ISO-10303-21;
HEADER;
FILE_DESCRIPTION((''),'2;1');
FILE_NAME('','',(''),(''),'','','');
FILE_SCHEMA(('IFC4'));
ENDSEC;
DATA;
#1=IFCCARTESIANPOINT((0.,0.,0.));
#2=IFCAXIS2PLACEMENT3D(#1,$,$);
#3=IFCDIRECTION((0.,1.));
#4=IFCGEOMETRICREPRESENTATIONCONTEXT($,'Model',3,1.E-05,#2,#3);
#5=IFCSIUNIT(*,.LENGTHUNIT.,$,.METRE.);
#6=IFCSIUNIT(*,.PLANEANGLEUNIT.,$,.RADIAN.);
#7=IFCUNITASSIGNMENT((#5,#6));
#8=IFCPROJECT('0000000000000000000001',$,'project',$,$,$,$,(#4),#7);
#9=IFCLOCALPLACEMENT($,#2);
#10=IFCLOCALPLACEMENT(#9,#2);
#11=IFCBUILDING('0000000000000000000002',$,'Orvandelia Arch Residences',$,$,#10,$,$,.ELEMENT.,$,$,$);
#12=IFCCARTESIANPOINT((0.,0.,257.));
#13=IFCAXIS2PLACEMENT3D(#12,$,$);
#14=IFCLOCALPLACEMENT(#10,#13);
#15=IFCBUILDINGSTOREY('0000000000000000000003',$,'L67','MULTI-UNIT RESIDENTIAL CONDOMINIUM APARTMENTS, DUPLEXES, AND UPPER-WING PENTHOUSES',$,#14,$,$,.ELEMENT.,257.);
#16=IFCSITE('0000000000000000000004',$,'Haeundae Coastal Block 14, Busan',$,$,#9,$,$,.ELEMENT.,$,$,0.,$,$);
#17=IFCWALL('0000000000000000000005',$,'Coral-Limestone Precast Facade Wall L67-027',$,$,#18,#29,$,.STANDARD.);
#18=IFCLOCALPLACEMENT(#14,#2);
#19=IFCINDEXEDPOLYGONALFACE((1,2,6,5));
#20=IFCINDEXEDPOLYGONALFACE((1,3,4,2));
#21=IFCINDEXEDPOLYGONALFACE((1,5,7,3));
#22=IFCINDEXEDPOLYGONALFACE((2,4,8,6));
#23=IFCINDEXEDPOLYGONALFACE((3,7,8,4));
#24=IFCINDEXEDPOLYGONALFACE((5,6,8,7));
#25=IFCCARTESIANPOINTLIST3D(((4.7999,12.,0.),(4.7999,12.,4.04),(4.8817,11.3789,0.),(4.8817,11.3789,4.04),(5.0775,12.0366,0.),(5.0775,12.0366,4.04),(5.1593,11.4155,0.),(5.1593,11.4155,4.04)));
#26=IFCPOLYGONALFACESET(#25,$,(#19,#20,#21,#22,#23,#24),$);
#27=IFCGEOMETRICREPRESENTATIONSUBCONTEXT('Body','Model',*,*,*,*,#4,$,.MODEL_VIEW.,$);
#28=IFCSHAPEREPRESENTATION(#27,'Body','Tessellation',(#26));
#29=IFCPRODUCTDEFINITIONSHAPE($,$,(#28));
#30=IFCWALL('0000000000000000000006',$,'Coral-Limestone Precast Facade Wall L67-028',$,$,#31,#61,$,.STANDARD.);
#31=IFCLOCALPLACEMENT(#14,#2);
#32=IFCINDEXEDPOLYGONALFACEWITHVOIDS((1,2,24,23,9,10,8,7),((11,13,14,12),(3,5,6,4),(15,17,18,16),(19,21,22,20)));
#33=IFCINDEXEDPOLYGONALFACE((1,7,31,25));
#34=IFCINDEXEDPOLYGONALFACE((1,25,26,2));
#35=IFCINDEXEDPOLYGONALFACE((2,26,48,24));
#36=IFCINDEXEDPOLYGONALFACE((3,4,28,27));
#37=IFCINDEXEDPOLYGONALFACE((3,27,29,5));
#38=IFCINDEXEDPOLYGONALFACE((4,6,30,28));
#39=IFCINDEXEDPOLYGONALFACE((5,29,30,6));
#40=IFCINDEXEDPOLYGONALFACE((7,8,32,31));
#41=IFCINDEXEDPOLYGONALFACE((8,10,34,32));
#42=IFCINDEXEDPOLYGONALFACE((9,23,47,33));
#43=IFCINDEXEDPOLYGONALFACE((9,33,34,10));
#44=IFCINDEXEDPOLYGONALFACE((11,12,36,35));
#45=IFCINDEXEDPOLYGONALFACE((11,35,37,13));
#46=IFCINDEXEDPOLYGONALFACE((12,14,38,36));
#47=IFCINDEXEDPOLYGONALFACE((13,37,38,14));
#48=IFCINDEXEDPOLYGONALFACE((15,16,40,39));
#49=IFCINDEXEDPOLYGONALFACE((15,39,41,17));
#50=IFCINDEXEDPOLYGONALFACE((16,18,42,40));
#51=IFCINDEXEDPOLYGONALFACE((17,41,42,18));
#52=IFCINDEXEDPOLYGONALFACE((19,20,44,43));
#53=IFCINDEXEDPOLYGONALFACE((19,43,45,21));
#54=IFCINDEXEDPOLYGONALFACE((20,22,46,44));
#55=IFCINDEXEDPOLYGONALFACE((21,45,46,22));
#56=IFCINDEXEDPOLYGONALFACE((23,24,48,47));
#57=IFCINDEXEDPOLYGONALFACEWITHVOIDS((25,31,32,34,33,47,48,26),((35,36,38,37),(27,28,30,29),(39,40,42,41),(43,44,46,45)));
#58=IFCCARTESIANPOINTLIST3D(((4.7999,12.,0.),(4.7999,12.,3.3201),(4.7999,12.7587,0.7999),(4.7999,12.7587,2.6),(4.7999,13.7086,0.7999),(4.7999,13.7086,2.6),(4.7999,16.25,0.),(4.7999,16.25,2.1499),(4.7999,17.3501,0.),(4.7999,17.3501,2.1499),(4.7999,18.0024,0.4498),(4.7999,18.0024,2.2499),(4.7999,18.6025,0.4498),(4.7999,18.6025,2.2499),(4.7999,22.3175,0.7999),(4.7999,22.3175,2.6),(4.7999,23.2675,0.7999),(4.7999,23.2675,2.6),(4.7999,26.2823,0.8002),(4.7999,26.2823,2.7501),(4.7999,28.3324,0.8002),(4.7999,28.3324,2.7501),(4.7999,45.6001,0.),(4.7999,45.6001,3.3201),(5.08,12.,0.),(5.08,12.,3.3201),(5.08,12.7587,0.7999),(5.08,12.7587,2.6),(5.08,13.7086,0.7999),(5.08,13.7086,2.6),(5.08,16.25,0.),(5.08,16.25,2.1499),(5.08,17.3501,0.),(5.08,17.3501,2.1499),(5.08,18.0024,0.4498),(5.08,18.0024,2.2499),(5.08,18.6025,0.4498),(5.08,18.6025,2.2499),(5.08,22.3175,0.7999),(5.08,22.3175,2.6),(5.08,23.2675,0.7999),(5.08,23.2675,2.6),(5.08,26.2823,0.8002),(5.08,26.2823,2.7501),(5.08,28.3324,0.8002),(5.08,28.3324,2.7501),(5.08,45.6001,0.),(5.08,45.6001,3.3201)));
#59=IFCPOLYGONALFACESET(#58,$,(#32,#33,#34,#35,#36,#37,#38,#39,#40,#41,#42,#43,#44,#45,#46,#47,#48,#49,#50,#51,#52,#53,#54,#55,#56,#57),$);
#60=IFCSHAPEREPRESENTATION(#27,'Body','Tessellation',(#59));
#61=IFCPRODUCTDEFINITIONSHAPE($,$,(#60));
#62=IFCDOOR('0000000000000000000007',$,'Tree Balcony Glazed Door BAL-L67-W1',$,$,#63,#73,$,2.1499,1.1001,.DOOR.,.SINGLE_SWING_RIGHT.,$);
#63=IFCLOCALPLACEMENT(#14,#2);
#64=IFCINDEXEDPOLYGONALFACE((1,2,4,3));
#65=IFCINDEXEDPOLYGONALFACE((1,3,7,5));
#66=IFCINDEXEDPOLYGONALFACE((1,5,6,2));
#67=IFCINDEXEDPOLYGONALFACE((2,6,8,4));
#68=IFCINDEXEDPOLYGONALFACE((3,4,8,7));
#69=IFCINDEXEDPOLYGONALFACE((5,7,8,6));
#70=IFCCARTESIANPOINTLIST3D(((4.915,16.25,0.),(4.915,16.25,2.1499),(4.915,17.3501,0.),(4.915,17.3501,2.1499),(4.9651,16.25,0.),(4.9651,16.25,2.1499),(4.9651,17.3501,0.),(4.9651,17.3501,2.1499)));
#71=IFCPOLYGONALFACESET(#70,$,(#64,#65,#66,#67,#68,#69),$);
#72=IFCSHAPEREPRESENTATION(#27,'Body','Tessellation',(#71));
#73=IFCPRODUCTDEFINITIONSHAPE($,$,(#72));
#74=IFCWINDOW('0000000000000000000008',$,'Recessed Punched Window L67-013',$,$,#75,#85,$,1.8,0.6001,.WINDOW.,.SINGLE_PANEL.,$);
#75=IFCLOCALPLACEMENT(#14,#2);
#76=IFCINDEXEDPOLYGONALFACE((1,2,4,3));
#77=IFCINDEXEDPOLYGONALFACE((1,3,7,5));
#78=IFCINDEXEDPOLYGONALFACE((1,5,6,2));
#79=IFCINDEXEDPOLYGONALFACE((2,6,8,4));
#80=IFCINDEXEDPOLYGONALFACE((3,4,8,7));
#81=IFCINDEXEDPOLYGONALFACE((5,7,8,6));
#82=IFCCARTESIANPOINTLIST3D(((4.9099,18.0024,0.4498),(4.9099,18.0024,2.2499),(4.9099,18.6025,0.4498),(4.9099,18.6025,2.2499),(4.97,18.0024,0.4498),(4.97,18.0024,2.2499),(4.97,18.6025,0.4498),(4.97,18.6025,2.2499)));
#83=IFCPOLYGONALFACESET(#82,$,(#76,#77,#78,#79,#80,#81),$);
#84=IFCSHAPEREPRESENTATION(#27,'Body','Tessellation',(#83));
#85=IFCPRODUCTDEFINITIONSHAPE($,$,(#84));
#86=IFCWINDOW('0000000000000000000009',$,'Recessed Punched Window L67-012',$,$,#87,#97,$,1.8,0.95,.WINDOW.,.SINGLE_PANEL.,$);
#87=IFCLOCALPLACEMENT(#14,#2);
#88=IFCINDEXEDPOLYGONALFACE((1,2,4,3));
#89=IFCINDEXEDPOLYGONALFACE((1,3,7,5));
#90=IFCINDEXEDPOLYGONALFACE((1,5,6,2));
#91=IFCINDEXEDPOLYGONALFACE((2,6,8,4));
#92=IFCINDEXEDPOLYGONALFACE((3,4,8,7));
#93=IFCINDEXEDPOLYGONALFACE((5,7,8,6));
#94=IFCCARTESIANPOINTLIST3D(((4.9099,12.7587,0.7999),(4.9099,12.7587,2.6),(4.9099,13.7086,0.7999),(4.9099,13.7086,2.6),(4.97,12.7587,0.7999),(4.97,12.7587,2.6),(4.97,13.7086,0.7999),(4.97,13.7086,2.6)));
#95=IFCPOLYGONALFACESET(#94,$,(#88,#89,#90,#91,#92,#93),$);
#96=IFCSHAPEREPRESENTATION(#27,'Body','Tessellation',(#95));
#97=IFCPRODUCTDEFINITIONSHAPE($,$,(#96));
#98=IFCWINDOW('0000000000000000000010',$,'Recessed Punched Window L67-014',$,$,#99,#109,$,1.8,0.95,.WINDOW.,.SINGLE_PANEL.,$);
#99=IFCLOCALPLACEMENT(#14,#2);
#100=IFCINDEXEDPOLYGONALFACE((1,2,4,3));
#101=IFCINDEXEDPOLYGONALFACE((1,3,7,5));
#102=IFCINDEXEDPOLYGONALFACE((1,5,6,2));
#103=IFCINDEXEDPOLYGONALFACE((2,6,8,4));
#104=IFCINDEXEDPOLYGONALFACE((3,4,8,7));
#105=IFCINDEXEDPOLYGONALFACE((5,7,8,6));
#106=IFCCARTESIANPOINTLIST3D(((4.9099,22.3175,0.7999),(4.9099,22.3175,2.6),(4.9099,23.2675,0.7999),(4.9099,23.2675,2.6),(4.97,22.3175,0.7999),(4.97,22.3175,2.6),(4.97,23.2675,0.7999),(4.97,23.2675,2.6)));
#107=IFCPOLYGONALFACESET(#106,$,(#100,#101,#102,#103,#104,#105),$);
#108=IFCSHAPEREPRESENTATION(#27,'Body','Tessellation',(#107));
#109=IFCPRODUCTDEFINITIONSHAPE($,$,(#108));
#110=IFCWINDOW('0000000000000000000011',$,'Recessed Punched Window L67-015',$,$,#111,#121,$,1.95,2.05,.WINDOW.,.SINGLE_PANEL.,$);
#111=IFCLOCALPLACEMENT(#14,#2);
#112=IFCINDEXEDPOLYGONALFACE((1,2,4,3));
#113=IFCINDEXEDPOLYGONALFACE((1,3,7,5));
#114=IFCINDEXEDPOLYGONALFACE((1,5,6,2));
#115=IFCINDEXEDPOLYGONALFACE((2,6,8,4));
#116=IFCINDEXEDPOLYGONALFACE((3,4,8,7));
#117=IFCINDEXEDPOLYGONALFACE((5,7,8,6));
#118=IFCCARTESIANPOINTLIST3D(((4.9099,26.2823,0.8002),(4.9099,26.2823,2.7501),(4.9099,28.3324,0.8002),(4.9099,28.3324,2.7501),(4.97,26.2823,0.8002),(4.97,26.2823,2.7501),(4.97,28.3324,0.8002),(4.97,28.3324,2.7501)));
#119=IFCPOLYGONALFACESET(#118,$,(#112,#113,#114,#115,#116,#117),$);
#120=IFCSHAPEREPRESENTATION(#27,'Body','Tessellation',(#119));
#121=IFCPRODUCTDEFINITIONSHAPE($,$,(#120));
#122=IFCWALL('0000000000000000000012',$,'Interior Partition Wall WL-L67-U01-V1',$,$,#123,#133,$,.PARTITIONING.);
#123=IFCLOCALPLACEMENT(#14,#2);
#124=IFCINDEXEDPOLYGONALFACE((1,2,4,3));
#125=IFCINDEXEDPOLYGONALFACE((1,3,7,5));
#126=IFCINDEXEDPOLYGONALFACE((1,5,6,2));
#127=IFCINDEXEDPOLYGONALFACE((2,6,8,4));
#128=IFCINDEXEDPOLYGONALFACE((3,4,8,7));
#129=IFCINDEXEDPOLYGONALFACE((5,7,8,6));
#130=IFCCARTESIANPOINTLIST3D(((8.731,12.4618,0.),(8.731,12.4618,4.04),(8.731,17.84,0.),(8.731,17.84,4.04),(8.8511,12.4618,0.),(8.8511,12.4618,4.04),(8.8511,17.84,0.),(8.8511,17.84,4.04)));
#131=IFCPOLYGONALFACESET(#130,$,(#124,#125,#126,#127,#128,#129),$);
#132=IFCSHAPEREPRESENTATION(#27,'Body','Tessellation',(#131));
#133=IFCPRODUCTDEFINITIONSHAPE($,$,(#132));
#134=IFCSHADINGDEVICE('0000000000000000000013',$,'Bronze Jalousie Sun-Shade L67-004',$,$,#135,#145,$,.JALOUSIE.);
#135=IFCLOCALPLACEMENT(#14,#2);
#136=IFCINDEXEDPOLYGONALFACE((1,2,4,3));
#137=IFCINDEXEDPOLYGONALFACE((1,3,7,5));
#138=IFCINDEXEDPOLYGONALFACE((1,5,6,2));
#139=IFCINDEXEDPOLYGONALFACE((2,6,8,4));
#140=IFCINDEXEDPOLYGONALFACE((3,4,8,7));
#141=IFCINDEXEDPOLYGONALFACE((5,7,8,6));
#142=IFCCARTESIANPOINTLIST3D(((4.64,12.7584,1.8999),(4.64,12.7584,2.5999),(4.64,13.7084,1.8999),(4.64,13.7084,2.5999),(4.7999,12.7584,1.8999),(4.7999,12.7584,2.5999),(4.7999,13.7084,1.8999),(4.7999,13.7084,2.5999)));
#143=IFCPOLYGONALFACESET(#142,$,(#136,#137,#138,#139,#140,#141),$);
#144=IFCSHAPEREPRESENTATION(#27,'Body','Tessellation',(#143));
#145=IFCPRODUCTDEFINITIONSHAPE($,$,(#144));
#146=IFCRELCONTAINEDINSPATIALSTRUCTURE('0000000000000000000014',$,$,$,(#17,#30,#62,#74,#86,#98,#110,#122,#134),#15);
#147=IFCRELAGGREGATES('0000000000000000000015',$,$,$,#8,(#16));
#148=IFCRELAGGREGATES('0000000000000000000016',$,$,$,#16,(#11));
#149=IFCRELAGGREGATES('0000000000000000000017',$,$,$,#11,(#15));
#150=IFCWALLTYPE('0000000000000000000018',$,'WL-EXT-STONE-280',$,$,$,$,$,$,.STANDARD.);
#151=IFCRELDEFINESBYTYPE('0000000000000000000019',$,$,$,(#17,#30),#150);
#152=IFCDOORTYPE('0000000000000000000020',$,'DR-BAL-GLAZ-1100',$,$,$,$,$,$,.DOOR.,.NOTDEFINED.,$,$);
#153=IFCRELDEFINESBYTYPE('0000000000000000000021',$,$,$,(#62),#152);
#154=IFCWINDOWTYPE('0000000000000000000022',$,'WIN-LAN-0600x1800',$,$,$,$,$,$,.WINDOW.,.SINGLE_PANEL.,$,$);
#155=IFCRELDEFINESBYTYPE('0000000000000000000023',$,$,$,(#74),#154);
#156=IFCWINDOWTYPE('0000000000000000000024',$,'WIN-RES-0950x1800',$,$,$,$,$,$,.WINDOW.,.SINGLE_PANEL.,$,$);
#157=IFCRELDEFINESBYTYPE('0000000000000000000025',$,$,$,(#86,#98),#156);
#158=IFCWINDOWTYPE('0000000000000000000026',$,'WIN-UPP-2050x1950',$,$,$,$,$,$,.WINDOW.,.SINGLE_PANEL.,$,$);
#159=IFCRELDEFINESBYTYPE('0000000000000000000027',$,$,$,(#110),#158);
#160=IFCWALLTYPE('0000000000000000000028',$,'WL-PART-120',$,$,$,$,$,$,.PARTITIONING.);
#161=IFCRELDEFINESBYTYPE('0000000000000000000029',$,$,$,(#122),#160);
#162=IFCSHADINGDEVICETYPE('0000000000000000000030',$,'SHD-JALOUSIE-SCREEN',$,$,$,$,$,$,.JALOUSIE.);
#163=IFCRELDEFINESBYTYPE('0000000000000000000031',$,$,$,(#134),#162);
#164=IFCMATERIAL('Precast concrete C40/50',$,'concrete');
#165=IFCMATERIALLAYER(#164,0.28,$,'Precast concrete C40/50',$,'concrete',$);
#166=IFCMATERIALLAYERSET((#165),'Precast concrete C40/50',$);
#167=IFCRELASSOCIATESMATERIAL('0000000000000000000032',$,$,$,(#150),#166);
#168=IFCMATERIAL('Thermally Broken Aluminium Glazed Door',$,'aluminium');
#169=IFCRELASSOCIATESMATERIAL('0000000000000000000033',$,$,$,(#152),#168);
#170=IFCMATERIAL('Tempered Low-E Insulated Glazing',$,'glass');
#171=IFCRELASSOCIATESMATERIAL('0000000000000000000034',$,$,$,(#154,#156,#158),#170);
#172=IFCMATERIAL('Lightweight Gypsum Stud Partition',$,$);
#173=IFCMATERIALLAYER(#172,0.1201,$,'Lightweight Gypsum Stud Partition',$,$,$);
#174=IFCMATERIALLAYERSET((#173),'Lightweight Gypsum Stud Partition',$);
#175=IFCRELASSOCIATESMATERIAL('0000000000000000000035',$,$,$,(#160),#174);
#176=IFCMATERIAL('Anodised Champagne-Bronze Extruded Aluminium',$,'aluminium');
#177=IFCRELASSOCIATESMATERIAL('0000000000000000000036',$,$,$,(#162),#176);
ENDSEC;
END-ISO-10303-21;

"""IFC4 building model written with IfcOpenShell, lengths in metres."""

from ifc_helpers import new_model, si_unit, direction, frame, frame_2d, origin, origin_2d, place, context, subcontext, project, spatial, rectangle, extrude, material, layer, layer_set, type_object, element, fill, save


model = new_model("IFC4")

# Units and contexts
model_context = context("Model", 3, precision=1e-05, world=origin(), true_north=direction((0.0, 1.0)))
body_context = subcontext(model_context, "Body", "Model", "MODEL_VIEW")
ifc_project = project(units=[si_unit("LENGTHUNIT", "METRE"), si_unit("PLANEANGLEUNIT", "RADIAN")], contexts=[model_context])

# Site, building, storey
site_placement = place(None, origin())
site = spatial("IfcSite", under=ifc_project, at=site_placement, Name="Haeundae Coastal Block 14, Busan", CompositionType="ELEMENT", RefElevation=0.0)
building_placement = place(site_placement, origin())
building = spatial("IfcBuilding", under=site, at=building_placement, Name="Orvandelia Arch Residences", CompositionType="ELEMENT")
storey_placement = place(building_placement, frame((0.0, 0.0, 257.0)))
storey = spatial("IfcBuildingStorey", under=building, at=storey_placement, Name="L67", Description="MULTI-UNIT RESIDENTIAL CONDOMINIUM APARTMENTS, DUPLEXES, AND UPPER-WING PENTHOUSES", CompositionType="ELEMENT", Elevation=257.0)

# Shared definitions
ifc_material_1 = material(Name="Precast concrete C40/50", Category="concrete")

# Wall
ifc_layer_1 = layer(ifc_material_1, 0.28, Name="Precast concrete C40/50", Category="concrete")
ifc_layer_set_1 = layer_set([ifc_layer_1], Name="Precast concrete C40/50")
wall_type_1 = type_object("IfcWallType", Name="WL-EXT-STONE-280", PredefinedType="STANDARD", material=ifc_layer_set_1)
for number, where, z_axis, x_axis, name in (
    (1, (5.0205, 11.3972, 0.0), (0.0, 0.0, 1.0), (-0.130555, 0.991441, 0.0), "Coral-Limestone Precast Facade Wall L67-027"),
):
    element("IfcWall", number, at=place(storey_placement, frame(where, z_axis=z_axis, x_axis=x_axis)), inside=storey, type_object=wall_type_1, Name=name, PredefinedType="STANDARD", context=body_context, shape_type="SweptSolid", body=[
        extrude(rectangle(XDim=0.6265, YDim=0.28, at=frame_2d((0.3132, 0.0))), origin(), (0.0, 0.0, 1.0), 4.04),
    ])

# Wall, openings, door, windows
wall_1_placement = place(storey_placement, frame((4.9399, 12.0, 0.0), z_axis=(0.0, 0.0, 1.0), x_axis=(0.0, 1.0, 0.0)))
wall_1 = element("IfcWall", 2, at=wall_1_placement, inside=storey, type_object=wall_type_1, Name="Coral-Limestone Precast Facade Wall L67-028", PredefinedType="STANDARD", context=body_context, shape_type="SweptSolid", body=[
    extrude(rectangle(XDim=33.6001, YDim=0.28, at=frame_2d((16.8, 0.0))), origin(), (0.0, 0.0, 1.0), 3.3201),
])
opening_1_placement = place(wall_1_placement, frame((4.25, 0.0, 0.0)))
opening_1 = element("IfcOpeningElement", 3, at=opening_1_placement, cuts=wall_1, PredefinedType="OPENING", context=body_context, shape_type="SweptSolid", body=[
    extrude(rectangle(XDim=1.1001, YDim=2.1499, at=frame_2d((0.55, 1.075))), frame((0.0, 0.1499, 0.0), z_axis=(0.0, -1.0, 0.0), x_axis=(1.0, 0.0, 0.0)), (0.0, 0.0, 1.0), 0.3),
])
opening_2_placement = place(wall_1_placement, frame((0.7585, 0.0, 0.8)))
opening_2 = element("IfcOpeningElement", 4, at=opening_2_placement, cuts=wall_1, PredefinedType="OPENING", context=body_context, shape_type="SweptSolid", body=[
    extrude(rectangle(XDim=0.95, YDim=1.8, at=frame_2d((0.4751, 0.8999))), frame((0.0, 0.1499, 0.0), z_axis=(0.0, -1.0, 0.0), x_axis=(1.0, 0.0, 0.0)), (0.0, 0.0, 1.0), 0.3),
])
opening_3_placement = place(wall_1_placement, frame((6.0024, 0.0, 0.45)))
opening_3 = element("IfcOpeningElement", 5, at=opening_3_placement, cuts=wall_1, PredefinedType="OPENING", context=body_context, shape_type="SweptSolid", body=[
    extrude(rectangle(XDim=0.6001, YDim=1.8, at=frame_2d((0.3, 0.8999))), frame((0.0, 0.1499, 0.0), z_axis=(0.0, -1.0, 0.0), x_axis=(1.0, 0.0, 0.0)), (0.0, 0.0, 1.0), 0.3),
])
opening_4_placement = place(wall_1_placement, frame((10.3174, 0.0, 0.8)))
opening_4 = element("IfcOpeningElement", 6, at=opening_4_placement, cuts=wall_1, PredefinedType="OPENING", context=body_context, shape_type="SweptSolid", body=[
    extrude(rectangle(XDim=0.95, YDim=1.8, at=frame_2d((0.4751, 0.8999))), frame((0.0, 0.1499, 0.0), z_axis=(0.0, -1.0, 0.0), x_axis=(1.0, 0.0, 0.0)), (0.0, 0.0, 1.0), 0.3),
])
opening_5_placement = place(wall_1_placement, frame((14.2825, 0.0, 0.8)))
opening_5 = element("IfcOpeningElement", 7, at=opening_5_placement, cuts=wall_1, PredefinedType="OPENING", context=body_context, shape_type="SweptSolid", body=[
    extrude(rectangle(XDim=2.05, YDim=1.95, at=frame_2d((1.0249, 0.9751))), frame((0.0, 0.1499, 0.0), z_axis=(0.0, -1.0, 0.0), x_axis=(1.0, 0.0, 0.0)), (0.0, 0.0, 1.0), 0.3),
])
ifc_material_2 = material(Name="Thermally Broken Aluminium Glazed Door", Category="aluminium")
door_type_1 = type_object("IfcDoorType", Name="DR-BAL-GLAZ-1100", OperationType="NOTDEFINED", PredefinedType="DOOR", material=ifc_material_2)
door_1_placement = place(opening_1_placement, origin())
door_1 = element("IfcDoor", 8, at=door_1_placement, inside=storey, type_object=door_type_1, Name="Tree Balcony Glazed Door BAL-L67-W1", OperationType="SINGLE_SWING_RIGHT", OverallHeight=2.1499, OverallWidth=1.1001, PredefinedType="DOOR", context=body_context, shape_type="SweptSolid", body=[
    extrude(rectangle(XDim=1.1001, YDim=2.1499, at=frame_2d((0.55, 1.075))), frame((0.0, 0.0249, 0.0), z_axis=(0.0, -1.0, 0.0), x_axis=(1.0, 0.0, 0.0)), (0.0, 0.0, 1.0), 0.05),
])
fill(opening_1, door_1)
ifc_material_3 = material(Name="Tempered Low-E Insulated Glazing", Category="glass")
window_type_1 = type_object("IfcWindowType", Name="WIN-LAN-0600x1800", PartitioningType="SINGLE_PANEL", PredefinedType="WINDOW", material=ifc_material_3)
window_1_placement = place(opening_3_placement, origin())
window_1 = element("IfcWindow", 9, at=window_1_placement, inside=storey, type_object=window_type_1, Name="Recessed Punched Window L67-013", OverallHeight=1.8, OverallWidth=0.6001, PartitioningType="SINGLE_PANEL", PredefinedType="WINDOW", context=body_context, shape_type="SweptSolid", body=[
    extrude(rectangle(XDim=0.6001, YDim=1.8, at=frame_2d((0.3, 0.8999))), frame((0.0, 0.03, 0.0), z_axis=(0.0, -1.0, 0.0), x_axis=(1.0, 0.0, 0.0)), (0.0, 0.0, 1.0), 0.0601),
])
fill(opening_3, window_1)
window_type_2 = type_object("IfcWindowType", Name="WIN-RES-0950x1800", PartitioningType="SINGLE_PANEL", PredefinedType="WINDOW", material=ifc_material_3)
window_2_placement = place(opening_2_placement, origin())
window_2 = element("IfcWindow", 10, at=window_2_placement, inside=storey, type_object=window_type_2, Name="Recessed Punched Window L67-012", OverallHeight=1.8, OverallWidth=0.95, PartitioningType="SINGLE_PANEL", PredefinedType="WINDOW", context=body_context, shape_type="SweptSolid", body=[
    extrude(rectangle(XDim=0.95, YDim=1.8, at=frame_2d((0.4751, 0.8999))), frame((0.0, 0.03, 0.0), z_axis=(0.0, -1.0, 0.0), x_axis=(1.0, 0.0, 0.0)), (0.0, 0.0, 1.0), 0.0601),
])
fill(opening_2, window_2)
window_3_placement = place(opening_4_placement, origin())
window_3 = element("IfcWindow", 11, at=window_3_placement, inside=storey, type_object=window_type_2, Name="Recessed Punched Window L67-014", OverallHeight=1.8, OverallWidth=0.95, PartitioningType="SINGLE_PANEL", PredefinedType="WINDOW", context=body_context, shape_type="SweptSolid", body=[
    extrude(rectangle(XDim=0.95, YDim=1.8, at=frame_2d((0.4751, 0.8999))), frame((0.0, 0.03, 0.0), z_axis=(0.0, -1.0, 0.0), x_axis=(1.0, 0.0, 0.0)), (0.0, 0.0, 1.0), 0.0601),
])
fill(opening_4, window_3)
window_type_3 = type_object("IfcWindowType", Name="WIN-UPP-2050x1950", PartitioningType="SINGLE_PANEL", PredefinedType="WINDOW", material=ifc_material_3)
window_4_placement = place(opening_5_placement, origin())
window_4 = element("IfcWindow", 12, at=window_4_placement, inside=storey, type_object=window_type_3, Name="Recessed Punched Window L67-015", OverallHeight=1.95, OverallWidth=2.05, PartitioningType="SINGLE_PANEL", PredefinedType="WINDOW", context=body_context, shape_type="SweptSolid", body=[
    extrude(rectangle(XDim=2.05, YDim=1.95, at=frame_2d((1.0249, 0.9751))), frame((0.0, 0.03, 0.0), z_axis=(0.0, -1.0, 0.0), x_axis=(1.0, 0.0, 0.0)), (0.0, 0.0, 1.0), 0.0601),
])
fill(opening_5, window_4)

# Wall
ifc_material_4 = material(Name="Lightweight Gypsum Stud Partition")
ifc_layer_2 = layer(ifc_material_4, 0.1201, Name="Lightweight Gypsum Stud Partition")
ifc_layer_set_2 = layer_set([ifc_layer_2], Name="Lightweight Gypsum Stud Partition")
wall_type_2 = type_object("IfcWallType", Name="WL-PART-120", PredefinedType="PARTITIONING", material=ifc_layer_set_2)
wall_2_placement = place(storey_placement, frame((8.791, 12.4619, 0.0), z_axis=(0.0, 0.0, 1.0), x_axis=(0.0, 1.0, 0.0)))
element("IfcWall", 13, at=wall_2_placement, inside=storey, type_object=wall_type_2, Name="Interior Partition Wall WL-L67-U01-V1", PredefinedType="PARTITIONING", context=body_context, shape_type="SweptSolid", body=[
    extrude(rectangle(XDim=5.3782, YDim=0.1201, at=frame_2d((2.689, 0.0))), origin(), (0.0, 0.0, 1.0), 4.04),
])

# Shading device
ifc_material_5 = material(Name="Anodised Champagne-Bronze Extruded Aluminium", Category="aluminium")
shading_device_type = type_object("IfcShadingDeviceType", Name="SHD-JALOUSIE-SCREEN", PredefinedType="JALOUSIE", material=ifc_material_5)
shading_device_placement = place(storey_placement, frame((4.72, 13.2334, 1.8999), z_axis=(0.0, 0.0, 1.0), x_axis=(0.0, 1.0, 0.0)))
element("IfcShadingDevice", 14, at=shading_device_placement, inside=storey, type_object=shading_device_type, Name="Bronze Jalousie Sun-Shade L67-004", PredefinedType="JALOUSIE", context=body_context, shape_type="SweptSolid", body=[
    extrude(rectangle(XDim=0.95, YDim=0.1599, at=origin_2d()), origin(), (0.0, 0.0, 1.0), 0.7),
])

save(model, "model.ifc")
